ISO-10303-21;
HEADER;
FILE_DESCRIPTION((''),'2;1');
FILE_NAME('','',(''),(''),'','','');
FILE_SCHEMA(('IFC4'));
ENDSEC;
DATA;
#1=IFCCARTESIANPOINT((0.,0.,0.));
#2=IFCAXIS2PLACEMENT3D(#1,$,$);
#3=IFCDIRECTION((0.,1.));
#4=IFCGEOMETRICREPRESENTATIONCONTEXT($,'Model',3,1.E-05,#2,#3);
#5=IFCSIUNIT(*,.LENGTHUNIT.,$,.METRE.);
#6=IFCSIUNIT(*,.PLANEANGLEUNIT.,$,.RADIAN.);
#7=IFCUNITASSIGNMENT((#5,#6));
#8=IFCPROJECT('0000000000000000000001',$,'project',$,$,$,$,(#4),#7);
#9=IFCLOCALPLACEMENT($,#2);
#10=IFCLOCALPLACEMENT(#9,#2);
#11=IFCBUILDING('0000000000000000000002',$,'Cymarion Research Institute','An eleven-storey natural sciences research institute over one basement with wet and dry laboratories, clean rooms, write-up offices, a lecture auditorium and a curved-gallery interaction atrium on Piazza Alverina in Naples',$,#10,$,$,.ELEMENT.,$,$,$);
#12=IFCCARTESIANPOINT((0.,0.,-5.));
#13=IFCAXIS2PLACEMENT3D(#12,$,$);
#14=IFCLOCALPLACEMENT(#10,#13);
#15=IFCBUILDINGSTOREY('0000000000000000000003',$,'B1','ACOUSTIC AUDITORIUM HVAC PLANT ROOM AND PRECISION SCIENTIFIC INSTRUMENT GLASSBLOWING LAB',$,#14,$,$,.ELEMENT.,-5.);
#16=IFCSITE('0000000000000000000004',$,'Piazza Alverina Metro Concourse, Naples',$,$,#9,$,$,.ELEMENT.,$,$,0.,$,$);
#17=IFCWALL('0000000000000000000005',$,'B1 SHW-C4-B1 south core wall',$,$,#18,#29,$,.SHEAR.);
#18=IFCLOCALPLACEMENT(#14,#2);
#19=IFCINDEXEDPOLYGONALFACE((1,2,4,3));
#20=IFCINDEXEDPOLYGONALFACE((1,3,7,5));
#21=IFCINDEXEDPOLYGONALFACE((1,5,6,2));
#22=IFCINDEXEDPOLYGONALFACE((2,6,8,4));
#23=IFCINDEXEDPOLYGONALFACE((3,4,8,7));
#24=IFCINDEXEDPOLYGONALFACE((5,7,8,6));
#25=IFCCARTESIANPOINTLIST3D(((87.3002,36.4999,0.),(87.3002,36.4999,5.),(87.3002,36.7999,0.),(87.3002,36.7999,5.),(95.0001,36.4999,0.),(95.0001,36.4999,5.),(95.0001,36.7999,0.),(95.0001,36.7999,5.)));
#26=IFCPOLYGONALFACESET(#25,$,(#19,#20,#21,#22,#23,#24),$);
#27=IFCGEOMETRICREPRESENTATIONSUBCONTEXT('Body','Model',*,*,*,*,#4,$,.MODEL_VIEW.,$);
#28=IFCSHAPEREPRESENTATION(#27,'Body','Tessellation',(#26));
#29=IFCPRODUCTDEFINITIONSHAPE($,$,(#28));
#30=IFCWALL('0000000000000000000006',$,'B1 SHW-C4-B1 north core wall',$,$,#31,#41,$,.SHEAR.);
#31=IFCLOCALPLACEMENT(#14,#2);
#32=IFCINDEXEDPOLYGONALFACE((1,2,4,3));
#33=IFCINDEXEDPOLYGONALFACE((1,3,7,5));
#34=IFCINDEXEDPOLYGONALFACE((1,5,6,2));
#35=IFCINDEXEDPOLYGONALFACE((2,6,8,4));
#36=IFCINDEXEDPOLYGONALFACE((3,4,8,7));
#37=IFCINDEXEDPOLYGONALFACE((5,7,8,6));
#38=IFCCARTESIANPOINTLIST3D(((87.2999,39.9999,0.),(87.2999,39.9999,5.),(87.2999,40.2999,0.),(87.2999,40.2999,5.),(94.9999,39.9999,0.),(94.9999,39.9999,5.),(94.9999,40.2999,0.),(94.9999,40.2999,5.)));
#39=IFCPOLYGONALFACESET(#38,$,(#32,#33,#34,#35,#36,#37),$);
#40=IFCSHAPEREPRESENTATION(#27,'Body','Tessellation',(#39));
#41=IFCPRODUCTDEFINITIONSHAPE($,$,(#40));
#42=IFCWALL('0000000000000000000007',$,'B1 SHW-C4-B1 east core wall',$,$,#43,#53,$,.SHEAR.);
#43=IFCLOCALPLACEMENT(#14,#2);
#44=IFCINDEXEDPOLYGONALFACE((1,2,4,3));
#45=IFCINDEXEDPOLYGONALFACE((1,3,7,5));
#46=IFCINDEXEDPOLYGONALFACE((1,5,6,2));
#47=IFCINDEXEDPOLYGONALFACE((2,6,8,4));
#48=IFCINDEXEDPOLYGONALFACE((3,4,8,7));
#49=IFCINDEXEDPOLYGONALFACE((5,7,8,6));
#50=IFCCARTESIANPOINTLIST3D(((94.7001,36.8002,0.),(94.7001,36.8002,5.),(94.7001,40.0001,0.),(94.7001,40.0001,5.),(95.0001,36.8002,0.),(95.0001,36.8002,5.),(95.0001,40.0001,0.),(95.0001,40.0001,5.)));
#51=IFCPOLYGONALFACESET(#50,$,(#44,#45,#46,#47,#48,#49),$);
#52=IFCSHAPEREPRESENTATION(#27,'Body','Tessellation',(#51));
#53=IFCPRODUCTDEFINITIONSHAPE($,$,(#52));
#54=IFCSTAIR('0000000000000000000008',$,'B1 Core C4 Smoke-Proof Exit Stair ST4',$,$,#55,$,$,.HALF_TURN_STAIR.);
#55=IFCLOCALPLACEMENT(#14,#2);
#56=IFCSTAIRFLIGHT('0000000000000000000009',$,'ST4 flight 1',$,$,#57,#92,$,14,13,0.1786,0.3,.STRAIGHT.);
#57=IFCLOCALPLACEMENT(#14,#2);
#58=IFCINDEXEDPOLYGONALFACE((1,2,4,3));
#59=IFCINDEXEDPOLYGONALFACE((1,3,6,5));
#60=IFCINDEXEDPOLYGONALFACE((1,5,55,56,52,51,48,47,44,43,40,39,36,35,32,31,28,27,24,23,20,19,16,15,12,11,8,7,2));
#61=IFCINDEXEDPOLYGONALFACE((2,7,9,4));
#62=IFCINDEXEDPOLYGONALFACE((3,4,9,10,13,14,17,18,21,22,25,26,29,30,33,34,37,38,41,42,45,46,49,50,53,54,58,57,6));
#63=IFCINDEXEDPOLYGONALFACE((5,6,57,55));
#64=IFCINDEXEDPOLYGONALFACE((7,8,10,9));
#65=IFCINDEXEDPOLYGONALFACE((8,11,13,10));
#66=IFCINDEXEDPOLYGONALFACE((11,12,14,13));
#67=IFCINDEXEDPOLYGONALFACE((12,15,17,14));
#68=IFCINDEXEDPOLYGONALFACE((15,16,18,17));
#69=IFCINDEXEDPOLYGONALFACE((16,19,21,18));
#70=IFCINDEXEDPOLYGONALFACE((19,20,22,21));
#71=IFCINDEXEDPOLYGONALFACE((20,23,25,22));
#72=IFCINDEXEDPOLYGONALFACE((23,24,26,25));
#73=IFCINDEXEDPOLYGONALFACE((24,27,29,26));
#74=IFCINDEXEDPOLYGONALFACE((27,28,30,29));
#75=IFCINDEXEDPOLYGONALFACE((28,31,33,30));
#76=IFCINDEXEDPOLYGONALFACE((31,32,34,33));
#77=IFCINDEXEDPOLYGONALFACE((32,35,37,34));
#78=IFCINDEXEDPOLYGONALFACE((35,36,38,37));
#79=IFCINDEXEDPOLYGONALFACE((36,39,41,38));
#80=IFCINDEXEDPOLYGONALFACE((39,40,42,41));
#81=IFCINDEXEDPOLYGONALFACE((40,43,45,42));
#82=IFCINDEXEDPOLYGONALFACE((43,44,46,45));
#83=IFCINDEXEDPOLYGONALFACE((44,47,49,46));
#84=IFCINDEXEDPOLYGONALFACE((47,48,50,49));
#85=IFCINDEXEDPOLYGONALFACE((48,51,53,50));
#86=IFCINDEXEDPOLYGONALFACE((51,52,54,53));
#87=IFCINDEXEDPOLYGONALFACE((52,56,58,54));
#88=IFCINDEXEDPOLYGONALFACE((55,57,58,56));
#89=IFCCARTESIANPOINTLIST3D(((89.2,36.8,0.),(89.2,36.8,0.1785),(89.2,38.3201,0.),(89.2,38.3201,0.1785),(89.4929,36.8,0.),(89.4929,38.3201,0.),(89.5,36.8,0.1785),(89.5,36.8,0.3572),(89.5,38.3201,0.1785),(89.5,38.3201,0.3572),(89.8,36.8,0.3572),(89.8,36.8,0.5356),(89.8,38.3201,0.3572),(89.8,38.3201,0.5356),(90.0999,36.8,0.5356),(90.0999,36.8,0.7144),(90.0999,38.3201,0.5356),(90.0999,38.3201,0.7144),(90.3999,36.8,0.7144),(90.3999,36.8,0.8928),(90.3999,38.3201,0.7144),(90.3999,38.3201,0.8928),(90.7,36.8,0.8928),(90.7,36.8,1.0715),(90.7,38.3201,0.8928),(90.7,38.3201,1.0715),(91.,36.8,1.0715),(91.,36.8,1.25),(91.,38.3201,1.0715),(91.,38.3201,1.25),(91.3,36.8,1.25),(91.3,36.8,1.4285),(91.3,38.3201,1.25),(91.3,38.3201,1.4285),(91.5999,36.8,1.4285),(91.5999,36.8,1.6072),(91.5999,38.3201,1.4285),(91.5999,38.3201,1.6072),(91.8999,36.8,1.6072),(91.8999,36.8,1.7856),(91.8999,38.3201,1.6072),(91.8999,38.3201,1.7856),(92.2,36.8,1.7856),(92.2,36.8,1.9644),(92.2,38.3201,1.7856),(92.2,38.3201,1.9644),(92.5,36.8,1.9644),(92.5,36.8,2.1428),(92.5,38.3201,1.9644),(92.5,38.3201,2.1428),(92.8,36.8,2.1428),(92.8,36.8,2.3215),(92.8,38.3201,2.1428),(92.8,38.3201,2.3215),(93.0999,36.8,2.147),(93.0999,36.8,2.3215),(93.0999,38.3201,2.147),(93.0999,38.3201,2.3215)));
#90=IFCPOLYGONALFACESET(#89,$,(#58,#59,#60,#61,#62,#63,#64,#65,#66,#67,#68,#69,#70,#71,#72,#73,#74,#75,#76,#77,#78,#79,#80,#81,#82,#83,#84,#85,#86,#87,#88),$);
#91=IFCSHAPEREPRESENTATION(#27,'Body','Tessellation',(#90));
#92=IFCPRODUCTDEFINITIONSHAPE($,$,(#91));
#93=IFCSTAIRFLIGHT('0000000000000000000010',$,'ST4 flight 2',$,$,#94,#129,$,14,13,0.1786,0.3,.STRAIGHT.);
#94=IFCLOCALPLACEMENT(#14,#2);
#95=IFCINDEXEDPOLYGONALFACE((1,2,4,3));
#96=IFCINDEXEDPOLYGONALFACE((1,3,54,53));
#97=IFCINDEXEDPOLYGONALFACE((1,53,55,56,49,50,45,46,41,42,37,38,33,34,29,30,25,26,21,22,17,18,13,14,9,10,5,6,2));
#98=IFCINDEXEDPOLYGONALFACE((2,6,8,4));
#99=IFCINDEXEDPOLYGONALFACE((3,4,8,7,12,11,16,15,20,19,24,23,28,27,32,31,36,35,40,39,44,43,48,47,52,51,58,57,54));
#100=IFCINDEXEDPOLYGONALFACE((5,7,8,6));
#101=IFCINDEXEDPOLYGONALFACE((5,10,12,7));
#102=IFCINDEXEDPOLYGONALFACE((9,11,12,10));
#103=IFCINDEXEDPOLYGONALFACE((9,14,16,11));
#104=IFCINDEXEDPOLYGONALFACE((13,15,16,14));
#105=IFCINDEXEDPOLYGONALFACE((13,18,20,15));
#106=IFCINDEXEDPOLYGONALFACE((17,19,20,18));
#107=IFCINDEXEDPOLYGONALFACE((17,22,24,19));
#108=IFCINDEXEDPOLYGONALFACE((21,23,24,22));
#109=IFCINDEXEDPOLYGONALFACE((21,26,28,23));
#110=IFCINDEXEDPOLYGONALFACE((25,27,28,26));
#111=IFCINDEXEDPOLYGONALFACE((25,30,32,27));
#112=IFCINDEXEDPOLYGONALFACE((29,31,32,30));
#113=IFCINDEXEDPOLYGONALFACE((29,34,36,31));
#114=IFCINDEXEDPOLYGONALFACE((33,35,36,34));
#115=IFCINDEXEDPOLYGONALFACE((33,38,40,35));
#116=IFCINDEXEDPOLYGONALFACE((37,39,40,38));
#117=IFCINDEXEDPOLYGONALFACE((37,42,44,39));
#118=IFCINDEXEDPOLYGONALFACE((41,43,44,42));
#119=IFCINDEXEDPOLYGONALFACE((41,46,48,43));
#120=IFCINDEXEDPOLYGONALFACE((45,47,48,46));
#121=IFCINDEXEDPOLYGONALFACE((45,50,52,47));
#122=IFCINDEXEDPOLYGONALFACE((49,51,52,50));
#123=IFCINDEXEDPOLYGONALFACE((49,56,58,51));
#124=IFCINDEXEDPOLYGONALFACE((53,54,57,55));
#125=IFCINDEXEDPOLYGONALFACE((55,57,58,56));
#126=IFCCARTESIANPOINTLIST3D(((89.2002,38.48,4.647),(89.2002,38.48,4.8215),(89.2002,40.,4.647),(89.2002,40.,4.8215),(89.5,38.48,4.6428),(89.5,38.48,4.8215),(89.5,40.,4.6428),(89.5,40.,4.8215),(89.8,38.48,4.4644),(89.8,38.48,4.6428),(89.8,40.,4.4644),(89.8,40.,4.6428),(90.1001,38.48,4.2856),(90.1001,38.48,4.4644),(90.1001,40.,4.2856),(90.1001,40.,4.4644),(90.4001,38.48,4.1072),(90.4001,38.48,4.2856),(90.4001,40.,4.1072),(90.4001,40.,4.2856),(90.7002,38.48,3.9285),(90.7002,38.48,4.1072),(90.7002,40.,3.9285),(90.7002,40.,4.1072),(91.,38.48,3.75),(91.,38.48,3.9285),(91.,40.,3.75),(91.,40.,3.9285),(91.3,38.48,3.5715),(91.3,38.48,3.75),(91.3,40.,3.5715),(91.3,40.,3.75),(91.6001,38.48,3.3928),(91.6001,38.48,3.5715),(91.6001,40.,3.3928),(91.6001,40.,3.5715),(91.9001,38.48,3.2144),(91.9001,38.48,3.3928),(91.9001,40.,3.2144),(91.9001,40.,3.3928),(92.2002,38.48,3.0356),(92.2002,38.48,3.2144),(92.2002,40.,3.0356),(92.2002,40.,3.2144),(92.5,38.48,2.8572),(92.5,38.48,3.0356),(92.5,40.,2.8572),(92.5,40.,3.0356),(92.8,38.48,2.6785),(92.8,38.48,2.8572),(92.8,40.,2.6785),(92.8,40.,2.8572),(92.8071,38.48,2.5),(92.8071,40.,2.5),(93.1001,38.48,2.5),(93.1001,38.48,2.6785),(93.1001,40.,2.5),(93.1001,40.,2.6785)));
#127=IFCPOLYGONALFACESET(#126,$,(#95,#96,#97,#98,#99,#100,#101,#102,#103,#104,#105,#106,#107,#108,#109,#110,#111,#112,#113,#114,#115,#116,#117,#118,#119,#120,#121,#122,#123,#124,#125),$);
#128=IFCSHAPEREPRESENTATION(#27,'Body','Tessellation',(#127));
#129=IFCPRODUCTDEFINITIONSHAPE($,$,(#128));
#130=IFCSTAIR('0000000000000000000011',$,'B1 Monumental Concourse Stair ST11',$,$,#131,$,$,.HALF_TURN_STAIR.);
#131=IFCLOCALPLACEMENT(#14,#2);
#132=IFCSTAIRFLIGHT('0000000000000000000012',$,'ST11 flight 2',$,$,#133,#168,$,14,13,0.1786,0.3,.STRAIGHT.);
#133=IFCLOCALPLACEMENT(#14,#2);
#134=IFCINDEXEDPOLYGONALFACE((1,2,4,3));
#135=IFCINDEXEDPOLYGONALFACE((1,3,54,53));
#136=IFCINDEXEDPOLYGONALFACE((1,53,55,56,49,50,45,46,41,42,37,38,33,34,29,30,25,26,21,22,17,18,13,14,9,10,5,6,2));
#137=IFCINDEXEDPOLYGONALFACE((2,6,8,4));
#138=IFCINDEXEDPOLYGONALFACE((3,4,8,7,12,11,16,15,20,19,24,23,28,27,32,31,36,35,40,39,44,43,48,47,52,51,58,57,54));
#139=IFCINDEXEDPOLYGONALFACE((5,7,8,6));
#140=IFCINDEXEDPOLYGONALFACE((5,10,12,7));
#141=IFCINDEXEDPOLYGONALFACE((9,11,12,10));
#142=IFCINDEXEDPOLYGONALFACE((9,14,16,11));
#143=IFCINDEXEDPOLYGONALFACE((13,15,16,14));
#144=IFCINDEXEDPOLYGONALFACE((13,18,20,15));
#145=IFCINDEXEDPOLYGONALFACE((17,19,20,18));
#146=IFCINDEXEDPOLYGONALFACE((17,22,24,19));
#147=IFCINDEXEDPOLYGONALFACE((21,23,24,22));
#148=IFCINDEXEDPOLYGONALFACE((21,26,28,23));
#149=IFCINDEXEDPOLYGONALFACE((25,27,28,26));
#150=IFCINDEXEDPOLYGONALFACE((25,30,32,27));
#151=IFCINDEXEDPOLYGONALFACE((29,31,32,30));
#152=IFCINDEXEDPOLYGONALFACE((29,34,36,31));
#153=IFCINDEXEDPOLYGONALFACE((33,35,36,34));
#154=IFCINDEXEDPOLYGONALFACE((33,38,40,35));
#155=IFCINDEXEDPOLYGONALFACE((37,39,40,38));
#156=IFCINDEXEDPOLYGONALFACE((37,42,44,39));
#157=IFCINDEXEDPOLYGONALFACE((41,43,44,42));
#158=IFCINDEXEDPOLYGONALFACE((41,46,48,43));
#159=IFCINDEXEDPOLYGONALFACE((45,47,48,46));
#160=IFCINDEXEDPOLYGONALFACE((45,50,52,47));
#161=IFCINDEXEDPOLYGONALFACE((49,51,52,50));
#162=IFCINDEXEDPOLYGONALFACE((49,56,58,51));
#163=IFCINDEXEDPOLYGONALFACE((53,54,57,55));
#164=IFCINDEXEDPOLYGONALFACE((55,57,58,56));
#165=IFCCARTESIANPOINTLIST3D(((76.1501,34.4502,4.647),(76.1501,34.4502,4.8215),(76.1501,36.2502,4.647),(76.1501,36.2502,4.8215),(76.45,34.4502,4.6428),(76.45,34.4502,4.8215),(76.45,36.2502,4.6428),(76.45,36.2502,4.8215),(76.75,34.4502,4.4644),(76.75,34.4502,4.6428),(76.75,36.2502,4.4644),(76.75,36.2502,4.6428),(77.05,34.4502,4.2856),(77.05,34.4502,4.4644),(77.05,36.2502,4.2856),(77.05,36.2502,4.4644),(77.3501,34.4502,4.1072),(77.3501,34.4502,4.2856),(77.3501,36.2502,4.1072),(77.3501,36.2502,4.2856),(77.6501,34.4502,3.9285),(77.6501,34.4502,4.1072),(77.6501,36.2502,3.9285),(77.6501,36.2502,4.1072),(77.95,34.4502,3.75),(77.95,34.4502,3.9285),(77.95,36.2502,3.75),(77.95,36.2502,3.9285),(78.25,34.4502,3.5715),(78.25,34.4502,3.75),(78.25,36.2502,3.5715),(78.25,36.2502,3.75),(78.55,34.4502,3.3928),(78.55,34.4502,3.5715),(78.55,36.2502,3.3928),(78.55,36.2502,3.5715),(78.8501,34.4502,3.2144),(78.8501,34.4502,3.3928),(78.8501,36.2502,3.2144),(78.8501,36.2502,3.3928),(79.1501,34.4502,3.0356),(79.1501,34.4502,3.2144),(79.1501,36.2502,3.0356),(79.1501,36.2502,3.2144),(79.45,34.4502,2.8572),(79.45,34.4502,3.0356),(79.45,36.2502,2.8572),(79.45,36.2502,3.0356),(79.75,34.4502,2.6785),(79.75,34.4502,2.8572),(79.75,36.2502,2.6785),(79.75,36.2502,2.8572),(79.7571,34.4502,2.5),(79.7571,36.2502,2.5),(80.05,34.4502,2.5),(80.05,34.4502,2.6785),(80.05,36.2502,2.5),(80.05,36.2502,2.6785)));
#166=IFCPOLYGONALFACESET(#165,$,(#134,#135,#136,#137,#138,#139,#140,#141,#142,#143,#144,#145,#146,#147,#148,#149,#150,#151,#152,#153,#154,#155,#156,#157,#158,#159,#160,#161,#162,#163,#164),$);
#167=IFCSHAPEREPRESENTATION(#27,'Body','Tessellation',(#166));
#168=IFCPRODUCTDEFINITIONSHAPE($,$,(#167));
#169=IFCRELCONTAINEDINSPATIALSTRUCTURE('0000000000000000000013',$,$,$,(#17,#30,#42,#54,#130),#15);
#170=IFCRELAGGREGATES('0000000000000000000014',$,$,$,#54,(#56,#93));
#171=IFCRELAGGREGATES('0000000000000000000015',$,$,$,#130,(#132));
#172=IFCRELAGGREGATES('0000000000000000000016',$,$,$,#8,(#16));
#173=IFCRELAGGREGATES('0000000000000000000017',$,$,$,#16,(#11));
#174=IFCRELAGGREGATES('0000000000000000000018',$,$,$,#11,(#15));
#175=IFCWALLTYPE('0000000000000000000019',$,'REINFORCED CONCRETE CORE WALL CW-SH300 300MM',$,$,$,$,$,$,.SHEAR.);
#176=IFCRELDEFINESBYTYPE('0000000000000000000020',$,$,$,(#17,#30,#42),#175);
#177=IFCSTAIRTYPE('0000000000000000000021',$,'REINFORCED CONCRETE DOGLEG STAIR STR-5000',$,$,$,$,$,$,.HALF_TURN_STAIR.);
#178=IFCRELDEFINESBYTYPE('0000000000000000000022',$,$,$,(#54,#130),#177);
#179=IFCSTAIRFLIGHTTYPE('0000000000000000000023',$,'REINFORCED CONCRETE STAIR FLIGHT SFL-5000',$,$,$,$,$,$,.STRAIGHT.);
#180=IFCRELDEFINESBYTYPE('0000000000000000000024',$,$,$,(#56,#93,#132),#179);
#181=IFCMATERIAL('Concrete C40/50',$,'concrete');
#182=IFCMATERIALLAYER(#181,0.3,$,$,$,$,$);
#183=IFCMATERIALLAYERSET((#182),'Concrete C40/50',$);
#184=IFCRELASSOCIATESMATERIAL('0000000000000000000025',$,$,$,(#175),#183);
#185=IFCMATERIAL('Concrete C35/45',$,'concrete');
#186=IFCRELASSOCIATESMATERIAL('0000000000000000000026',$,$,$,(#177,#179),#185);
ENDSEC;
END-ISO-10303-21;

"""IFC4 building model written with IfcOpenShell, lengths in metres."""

from ifc_helpers import new_model, si_unit, direction, frame, frame_2d, origin, place, context, subcontext, project, spatial, polyline, rectangle, outline, extrude, material, layer, layer_set, type_object, element, aggregate, save


model = new_model("IFC4")

# Units and contexts
model_context = context("Model", 3, precision=1e-05, world=origin(), true_north=direction((0.0, 1.0)))
body_context = subcontext(model_context, "Body", "Model", "MODEL_VIEW")
ifc_project = project(units=[si_unit("LENGTHUNIT", "METRE"), si_unit("PLANEANGLEUNIT", "RADIAN")], contexts=[model_context])

# Site, building, storey
site_placement = place(None, origin())
site = spatial("IfcSite", under=ifc_project, at=site_placement, Name="Piazza Alverina Metro Concourse, Naples", CompositionType="ELEMENT", RefElevation=0.0)
building_placement = place(site_placement, origin())
building = spatial("IfcBuilding", under=site, at=building_placement, Name="Cymarion Research Institute", Description="An eleven-storey natural sciences research institute over one basement with wet and dry laboratories, clean rooms, write-up offices, a lecture auditorium and a curved-gallery interaction atrium on Piazza Alverina in Naples", CompositionType="ELEMENT")
storey_placement = place(building_placement, frame((0.0, 0.0, -5.0)))
storey = spatial("IfcBuildingStorey", under=building, at=storey_placement, Name="B1", Description="ACOUSTIC AUDITORIUM HVAC PLANT ROOM AND PRECISION SCIENTIFIC INSTRUMENT GLASSBLOWING LAB", CompositionType="ELEMENT", Elevation=-5.0)

# Shared definitions
ifc_material_1 = material(Name="Concrete C35/45", Category="concrete")

# Shared definitions
ifc_material_2 = material(Name="Concrete C40/50", Category="concrete")

# Walls
ifc_layer_1 = layer(ifc_material_2, 0.3)
ifc_layer_set_1 = layer_set([ifc_layer_1], Name="Concrete C40/50")
wall_type_1 = type_object("IfcWallType", Name="REINFORCED CONCRETE CORE WALL CW-SH300 300MM", PredefinedType="SHEAR", material=ifc_layer_set_1)
for number, where, z_axis, x_axis, name in (
    (1, (87.3, 36.6499, 0.0), (0.0, 0.0, 1.0), (1.0, 0.0, 0.0), "B1 SHW-C4-B1 south core wall"),
    (2, (95.0, 40.1499, 0.0), (0.0, 0.0, 1.0), (-1.0, 0.0, 0.0), "B1 SHW-C4-B1 north core wall"),
):
    element("IfcWall", number, at=place(storey_placement, frame(where, z_axis=z_axis, x_axis=x_axis)), inside=storey, type_object=wall_type_1, Name=name, PredefinedType="SHEAR", context=body_context, shape_type="SweptSolid", body=[
        extrude(rectangle(XDim=7.7, YDim=0.3, at=frame_2d((3.8501, 0.0))), origin(), (0.0, 0.0, 1.0), 5.0),
    ])

# Wall
wall_1_placement = place(storey_placement, frame((94.8501, 36.8, 0.0), z_axis=(0.0, 0.0, 1.0), x_axis=(0.0, 1.0, 0.0)))
element("IfcWall", 3, at=wall_1_placement, inside=storey, type_object=wall_type_1, Name="B1 SHW-C4-B1 east core wall", PredefinedType="SHEAR", context=body_context, shape_type="SweptSolid", body=[
    extrude(rectangle(XDim=3.2, YDim=0.3, at=frame_2d((1.6001, 0.0))), origin(), (0.0, 0.0, 1.0), 5.0),
])

# Stair, stair flights
stair_type = type_object("IfcStairType", Name="REINFORCED CONCRETE DOGLEG STAIR STR-5000", PredefinedType="HALF_TURN_STAIR", material=ifc_material_1)
stair_1_placement = place(storey_placement, origin())
stair_1 = element("IfcStair", 4, at=stair_1_placement, inside=storey, type_object=stair_type, Name="B1 Core C4 Smoke-Proof Exit Stair ST4", PredefinedType="HALF_TURN_STAIR")
stair_flight_type = type_object("IfcStairFlightType", Name="REINFORCED CONCRETE STAIR FLIGHT SFL-5000", PredefinedType="STRAIGHT", material=ifc_material_1)
stair_flight_1_placement = place(storey_placement, frame((89.2, 37.5601, 0.0), z_axis=(0.0, 0.0, 1.0), x_axis=(1.0, 0.0, 0.0)))
stair_flight_1 = element("IfcStairFlight", 5, at=stair_flight_1_placement, type_object=stair_flight_type, Name="ST4 flight 1", NumberOfRisers=14, NumberOfTreads=13, PredefinedType="STRAIGHT", RiserHeight=0.1786, TreadLength=0.3, context=body_context, shape_type="SweptSolid", body=[
    extrude(outline(polyline([(0.0, 0.0), (0.0, 0.1785), (0.3, 0.1785), (0.3, 0.3572), (0.6001, 0.3572), (0.6001, 0.5356), (0.8999, 0.5356), (0.8999, 0.7144), (1.2, 0.7144), (1.2, 0.8928), (1.5, 0.8928), (1.5, 1.0715), (1.8, 1.0715), (1.8, 1.25), (2.1001, 1.25), (2.1001, 1.4285), (2.3999, 1.4285), (2.3999, 1.6072), (2.7, 1.6072), (2.7, 1.7856), (3.0, 1.7856), (3.0, 1.9644), (3.3, 1.9644), (3.3, 2.1428), (3.6001, 2.1428), (3.6001, 2.3215), (3.8999, 2.3215), (3.8999, 2.5), (3.8999, 2.147), (0.293, 0.0), (0.0, 0.0)])), frame((0.0, 0.76, 0.0), z_axis=(0.0, -1.0, 0.0), x_axis=(1.0, 0.0, 0.0)), (0.0, 0.0, 1.0), 1.52),
])
stair_flight_2_placement = place(storey_placement, frame((93.1001, 39.24, 2.5), z_axis=(0.0, 0.0, 1.0), x_axis=(-1.0, 0.0, 0.0)))
stair_flight_2 = element("IfcStairFlight", 6, at=stair_flight_2_placement, type_object=stair_flight_type, Name="ST4 flight 2", NumberOfRisers=14, NumberOfTreads=13, PredefinedType="STRAIGHT", RiserHeight=0.1786, TreadLength=0.3, context=body_context, shape_type="SweptSolid", body=[
    extrude(outline(polyline([(0.0, 0.0), (0.0, 0.1785), (0.3, 0.1785), (0.3, 0.3572), (0.6001, 0.3572), (0.6001, 0.5356), (0.8999, 0.5356), (0.8999, 0.7144), (1.2, 0.7144), (1.2, 0.8928), (1.5, 0.8928), (1.5, 1.0715), (1.8, 1.0715), (1.8, 1.25), (2.1001, 1.25), (2.1001, 1.4285), (2.3999, 1.4285), (2.3999, 1.6072), (2.7, 1.6072), (2.7, 1.7856), (3.0, 1.7856), (3.0, 1.9644), (3.3, 1.9644), (3.3, 2.1428), (3.6001, 2.1428), (3.6001, 2.3215), (3.8999, 2.3215), (3.8999, 2.5), (3.8999, 2.147), (0.293, 0.0), (0.0, 0.0)])), frame((0.0, 0.76, 0.0), z_axis=(0.0, -1.0, 0.0), x_axis=(1.0, 0.0, 0.0)), (0.0, 0.0, 1.0), 1.52),
])
aggregate(stair_1, [stair_flight_1, stair_flight_2])

# Stair, stair flight
stair_2_placement = place(storey_placement, origin())
stair_2 = element("IfcStair", 7, at=stair_2_placement, inside=storey, type_object=stair_type, Name="B1 Monumental Concourse Stair ST11", PredefinedType="HALF_TURN_STAIR")
stair_flight_3_placement = place(storey_placement, frame((80.05, 35.3501, 2.5), z_axis=(0.0, 0.0, 1.0), x_axis=(-1.0, 0.0, 0.0)))
stair_flight_3 = element("IfcStairFlight", 8, at=stair_flight_3_placement, type_object=stair_flight_type, Name="ST11 flight 2", NumberOfRisers=14, NumberOfTreads=13, PredefinedType="STRAIGHT", RiserHeight=0.1786, TreadLength=0.3, context=body_context, shape_type="SweptSolid", body=[
    extrude(outline(polyline([(0.0, 0.0), (0.0, 0.1785), (0.3, 0.1785), (0.3, 0.3572), (0.6001, 0.3572), (0.6001, 0.5356), (0.8999, 0.5356), (0.8999, 0.7144), (1.2, 0.7144), (1.2, 0.8928), (1.5, 0.8928), (1.5, 1.0715), (1.8, 1.0715), (1.8, 1.25), (2.1001, 1.25), (2.1001, 1.4285), (2.3999, 1.4285), (2.3999, 1.6072), (2.7, 1.6072), (2.7, 1.7856), (3.0, 1.7856), (3.0, 1.9644), (3.3, 1.9644), (3.3, 2.1428), (3.6001, 2.1428), (3.6001, 2.3215), (3.8999, 2.3215), (3.8999, 2.5), (3.8999, 2.147), (0.293, 0.0), (0.0, 0.0)])), frame((0.0, 0.8999, 0.0), z_axis=(0.0, -1.0, 0.0), x_axis=(1.0, 0.0, 0.0)), (0.0, 0.0, 1.0), 1.8),
])
aggregate(stair_2, [stair_flight_3])

save(model, "model.ifc")
